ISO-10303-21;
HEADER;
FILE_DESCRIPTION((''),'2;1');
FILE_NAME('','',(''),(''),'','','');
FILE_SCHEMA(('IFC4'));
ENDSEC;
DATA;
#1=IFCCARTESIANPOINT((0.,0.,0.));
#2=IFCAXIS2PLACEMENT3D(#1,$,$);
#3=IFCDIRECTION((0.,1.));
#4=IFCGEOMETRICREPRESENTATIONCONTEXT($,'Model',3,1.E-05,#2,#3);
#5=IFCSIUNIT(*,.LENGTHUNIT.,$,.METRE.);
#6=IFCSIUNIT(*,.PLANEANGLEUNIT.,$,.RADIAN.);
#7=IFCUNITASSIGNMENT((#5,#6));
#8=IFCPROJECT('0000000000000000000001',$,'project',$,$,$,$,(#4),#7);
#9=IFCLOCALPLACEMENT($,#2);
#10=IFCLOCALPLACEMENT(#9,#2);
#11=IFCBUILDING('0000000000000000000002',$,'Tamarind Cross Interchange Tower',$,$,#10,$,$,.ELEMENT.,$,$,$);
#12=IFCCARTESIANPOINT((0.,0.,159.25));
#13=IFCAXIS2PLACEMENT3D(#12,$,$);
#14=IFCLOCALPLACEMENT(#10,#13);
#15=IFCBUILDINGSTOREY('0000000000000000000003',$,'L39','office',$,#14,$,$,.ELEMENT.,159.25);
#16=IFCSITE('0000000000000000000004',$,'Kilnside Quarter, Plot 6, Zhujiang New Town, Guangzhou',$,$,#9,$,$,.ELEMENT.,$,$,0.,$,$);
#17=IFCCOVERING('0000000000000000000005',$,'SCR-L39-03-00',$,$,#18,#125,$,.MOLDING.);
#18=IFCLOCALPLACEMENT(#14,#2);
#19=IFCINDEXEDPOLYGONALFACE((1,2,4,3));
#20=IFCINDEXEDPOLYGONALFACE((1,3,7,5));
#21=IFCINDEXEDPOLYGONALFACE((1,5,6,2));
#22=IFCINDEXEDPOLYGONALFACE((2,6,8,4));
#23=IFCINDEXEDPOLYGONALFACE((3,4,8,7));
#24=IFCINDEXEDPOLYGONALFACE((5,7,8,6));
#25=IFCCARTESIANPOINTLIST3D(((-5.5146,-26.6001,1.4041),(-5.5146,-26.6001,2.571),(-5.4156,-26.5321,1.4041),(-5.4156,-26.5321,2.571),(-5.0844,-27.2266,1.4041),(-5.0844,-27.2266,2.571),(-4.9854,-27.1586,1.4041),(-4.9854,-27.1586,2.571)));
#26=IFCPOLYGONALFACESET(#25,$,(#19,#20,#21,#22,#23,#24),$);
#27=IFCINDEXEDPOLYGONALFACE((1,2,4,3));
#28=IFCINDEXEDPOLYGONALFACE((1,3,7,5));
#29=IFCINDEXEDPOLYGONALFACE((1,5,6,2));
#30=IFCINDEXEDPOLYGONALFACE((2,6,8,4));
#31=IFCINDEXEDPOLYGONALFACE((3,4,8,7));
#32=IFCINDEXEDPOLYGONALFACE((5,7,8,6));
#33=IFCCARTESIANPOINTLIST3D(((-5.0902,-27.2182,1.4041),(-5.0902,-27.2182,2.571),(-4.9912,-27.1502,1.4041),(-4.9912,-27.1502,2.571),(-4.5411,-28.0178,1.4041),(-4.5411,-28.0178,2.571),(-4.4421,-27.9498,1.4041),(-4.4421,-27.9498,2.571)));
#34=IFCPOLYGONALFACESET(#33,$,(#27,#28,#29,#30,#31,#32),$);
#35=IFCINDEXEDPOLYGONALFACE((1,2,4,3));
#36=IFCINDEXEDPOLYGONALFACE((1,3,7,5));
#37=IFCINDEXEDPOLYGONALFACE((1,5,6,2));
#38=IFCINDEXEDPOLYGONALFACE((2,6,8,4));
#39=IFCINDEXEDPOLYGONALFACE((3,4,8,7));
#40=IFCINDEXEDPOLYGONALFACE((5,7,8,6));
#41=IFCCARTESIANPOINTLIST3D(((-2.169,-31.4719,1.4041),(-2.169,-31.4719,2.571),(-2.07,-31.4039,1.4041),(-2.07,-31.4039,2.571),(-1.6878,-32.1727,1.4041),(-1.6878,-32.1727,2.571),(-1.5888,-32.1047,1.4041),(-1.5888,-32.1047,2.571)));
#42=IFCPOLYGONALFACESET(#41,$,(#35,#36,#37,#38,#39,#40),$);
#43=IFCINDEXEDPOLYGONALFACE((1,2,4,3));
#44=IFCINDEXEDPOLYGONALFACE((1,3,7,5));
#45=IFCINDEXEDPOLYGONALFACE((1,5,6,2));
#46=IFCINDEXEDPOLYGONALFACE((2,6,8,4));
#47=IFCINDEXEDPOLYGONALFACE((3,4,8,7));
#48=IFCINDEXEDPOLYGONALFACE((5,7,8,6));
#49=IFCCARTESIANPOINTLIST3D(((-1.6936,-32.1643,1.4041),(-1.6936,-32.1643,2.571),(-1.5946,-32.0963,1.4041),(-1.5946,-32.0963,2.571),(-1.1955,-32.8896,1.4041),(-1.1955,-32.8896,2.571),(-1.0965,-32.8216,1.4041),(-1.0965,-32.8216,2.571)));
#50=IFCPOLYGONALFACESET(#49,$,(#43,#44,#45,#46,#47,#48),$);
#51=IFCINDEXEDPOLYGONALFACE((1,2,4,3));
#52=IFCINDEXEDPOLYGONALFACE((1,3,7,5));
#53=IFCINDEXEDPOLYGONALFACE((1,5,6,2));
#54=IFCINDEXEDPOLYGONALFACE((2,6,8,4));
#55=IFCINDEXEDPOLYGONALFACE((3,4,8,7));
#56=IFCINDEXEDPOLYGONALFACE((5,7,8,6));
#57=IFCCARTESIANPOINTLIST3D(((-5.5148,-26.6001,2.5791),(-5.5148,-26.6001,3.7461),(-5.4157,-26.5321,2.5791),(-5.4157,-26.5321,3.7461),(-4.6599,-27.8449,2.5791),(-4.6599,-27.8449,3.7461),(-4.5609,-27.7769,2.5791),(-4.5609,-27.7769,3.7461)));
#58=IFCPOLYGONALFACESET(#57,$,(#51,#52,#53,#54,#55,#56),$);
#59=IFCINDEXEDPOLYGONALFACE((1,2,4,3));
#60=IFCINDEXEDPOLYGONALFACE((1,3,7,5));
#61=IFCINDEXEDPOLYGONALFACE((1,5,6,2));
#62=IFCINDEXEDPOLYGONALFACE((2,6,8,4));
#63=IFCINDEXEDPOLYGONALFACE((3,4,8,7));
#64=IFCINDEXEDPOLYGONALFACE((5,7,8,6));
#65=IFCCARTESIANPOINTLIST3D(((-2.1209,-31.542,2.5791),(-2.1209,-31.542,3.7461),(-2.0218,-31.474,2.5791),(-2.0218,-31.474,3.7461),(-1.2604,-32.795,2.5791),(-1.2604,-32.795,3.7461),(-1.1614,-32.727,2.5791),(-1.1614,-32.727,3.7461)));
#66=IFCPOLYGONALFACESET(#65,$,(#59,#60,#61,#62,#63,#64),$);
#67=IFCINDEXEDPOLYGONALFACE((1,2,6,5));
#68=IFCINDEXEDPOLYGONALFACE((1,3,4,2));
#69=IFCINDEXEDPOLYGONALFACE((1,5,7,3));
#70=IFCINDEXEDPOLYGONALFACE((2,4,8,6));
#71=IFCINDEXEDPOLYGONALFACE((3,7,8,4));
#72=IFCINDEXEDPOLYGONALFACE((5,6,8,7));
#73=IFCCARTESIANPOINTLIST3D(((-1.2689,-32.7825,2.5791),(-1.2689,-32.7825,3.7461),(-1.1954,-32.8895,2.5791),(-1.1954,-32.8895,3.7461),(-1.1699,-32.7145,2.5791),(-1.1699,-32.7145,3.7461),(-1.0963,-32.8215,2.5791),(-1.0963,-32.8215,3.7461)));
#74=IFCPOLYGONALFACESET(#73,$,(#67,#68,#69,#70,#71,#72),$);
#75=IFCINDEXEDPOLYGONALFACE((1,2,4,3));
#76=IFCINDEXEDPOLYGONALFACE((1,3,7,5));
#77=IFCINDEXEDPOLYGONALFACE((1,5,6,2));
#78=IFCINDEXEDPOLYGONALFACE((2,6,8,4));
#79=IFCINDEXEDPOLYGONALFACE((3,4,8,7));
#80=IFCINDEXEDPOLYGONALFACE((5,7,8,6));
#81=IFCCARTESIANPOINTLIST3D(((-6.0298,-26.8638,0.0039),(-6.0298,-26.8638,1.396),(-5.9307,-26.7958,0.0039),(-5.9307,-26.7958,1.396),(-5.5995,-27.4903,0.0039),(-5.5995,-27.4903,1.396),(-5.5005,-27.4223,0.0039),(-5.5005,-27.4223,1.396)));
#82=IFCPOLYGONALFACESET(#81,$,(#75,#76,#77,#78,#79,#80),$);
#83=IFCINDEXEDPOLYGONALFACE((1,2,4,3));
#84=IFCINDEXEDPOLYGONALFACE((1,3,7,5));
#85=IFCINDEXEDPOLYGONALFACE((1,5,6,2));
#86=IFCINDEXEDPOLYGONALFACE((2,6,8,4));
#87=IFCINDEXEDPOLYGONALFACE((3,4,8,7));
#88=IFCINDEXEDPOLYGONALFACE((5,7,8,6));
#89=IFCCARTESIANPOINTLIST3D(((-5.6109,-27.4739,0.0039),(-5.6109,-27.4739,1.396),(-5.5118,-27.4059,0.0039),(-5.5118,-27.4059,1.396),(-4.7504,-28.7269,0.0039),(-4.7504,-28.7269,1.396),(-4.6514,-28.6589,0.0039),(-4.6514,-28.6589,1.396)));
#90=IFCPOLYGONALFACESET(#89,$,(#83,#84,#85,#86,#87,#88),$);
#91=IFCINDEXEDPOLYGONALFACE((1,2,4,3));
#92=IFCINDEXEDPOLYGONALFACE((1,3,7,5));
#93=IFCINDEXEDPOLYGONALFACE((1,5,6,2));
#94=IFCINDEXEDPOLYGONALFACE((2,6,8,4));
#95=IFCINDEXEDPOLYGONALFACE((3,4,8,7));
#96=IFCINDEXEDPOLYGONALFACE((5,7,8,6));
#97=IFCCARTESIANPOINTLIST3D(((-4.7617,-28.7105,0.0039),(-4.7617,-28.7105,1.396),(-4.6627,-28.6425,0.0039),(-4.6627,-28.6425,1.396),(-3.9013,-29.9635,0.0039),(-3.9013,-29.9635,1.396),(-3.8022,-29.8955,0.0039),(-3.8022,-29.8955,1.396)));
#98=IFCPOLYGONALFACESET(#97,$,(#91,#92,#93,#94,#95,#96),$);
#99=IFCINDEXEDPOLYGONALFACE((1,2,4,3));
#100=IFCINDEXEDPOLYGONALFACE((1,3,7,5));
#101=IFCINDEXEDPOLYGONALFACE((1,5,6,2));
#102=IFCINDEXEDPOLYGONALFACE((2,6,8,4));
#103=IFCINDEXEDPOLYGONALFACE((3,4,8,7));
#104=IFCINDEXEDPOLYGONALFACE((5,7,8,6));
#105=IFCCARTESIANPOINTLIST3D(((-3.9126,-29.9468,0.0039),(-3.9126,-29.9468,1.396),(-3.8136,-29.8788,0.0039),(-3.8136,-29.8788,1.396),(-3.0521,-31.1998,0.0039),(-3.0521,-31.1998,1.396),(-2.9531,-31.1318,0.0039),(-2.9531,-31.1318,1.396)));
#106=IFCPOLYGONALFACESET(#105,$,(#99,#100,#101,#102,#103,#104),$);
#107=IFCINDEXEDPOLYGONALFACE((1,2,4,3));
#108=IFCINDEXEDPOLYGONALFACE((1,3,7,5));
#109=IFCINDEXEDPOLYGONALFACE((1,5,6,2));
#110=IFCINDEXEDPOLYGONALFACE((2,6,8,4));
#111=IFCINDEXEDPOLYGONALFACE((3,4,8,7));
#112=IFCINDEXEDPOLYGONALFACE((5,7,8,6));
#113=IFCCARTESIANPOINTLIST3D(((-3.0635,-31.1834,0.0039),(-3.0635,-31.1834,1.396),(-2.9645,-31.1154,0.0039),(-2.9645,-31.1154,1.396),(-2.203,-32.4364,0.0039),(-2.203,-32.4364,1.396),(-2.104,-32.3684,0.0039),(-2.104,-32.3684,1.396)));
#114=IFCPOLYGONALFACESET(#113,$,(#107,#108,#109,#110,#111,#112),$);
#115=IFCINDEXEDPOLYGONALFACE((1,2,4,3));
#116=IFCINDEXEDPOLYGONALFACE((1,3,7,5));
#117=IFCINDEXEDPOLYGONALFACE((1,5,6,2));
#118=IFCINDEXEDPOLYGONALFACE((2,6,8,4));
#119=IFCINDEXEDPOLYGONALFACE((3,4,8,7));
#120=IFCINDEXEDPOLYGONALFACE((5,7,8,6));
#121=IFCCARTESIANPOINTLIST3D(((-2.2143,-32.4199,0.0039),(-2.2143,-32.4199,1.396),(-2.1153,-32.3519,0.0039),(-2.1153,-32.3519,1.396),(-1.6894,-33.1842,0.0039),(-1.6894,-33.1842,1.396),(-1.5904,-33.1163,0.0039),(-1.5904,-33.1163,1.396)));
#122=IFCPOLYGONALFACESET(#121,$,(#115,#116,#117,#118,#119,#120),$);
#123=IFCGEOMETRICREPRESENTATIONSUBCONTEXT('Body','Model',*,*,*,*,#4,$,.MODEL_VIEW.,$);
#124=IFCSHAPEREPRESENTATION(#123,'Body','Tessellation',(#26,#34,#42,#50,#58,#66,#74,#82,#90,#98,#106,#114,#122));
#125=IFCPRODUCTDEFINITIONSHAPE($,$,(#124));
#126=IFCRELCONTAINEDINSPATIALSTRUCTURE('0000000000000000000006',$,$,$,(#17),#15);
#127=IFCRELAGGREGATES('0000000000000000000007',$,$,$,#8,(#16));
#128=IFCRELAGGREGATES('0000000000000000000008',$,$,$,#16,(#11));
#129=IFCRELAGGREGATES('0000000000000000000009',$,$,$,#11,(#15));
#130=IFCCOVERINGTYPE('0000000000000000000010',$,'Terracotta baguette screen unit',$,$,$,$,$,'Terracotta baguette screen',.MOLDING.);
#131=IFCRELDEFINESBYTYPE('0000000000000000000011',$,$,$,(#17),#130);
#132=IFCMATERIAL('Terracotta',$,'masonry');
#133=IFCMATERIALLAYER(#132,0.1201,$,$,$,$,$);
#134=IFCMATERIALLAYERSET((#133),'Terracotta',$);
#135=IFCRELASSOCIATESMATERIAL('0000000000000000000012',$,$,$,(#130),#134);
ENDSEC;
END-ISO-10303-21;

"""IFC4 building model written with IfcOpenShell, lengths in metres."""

from ifc_helpers import new_model, si_unit, direction, frame, origin, origin_2d, place, context, subcontext, project, spatial, rectangle, extrude, material, layer, layer_set, type_object, element, save


model = new_model("IFC4")

# Units and contexts
model_context = context("Model", 3, precision=1e-05, world=origin(), true_north=direction((0.0, 1.0)))
body_context = subcontext(model_context, "Body", "Model", "MODEL_VIEW")
ifc_project = project(units=[si_unit("LENGTHUNIT", "METRE"), si_unit("PLANEANGLEUNIT", "RADIAN")], contexts=[model_context])

# Site, building, storey
site_placement = place(None, origin())
site = spatial("IfcSite", under=ifc_project, at=site_placement, Name="Kilnside Quarter, Plot 6, Zhujiang New Town, Guangzhou", CompositionType="ELEMENT", RefElevation=0.0)
building_placement = place(site_placement, origin())
building = spatial("IfcBuilding", under=site, at=building_placement, Name="Tamarind Cross Interchange Tower", CompositionType="ELEMENT")
storey_placement = place(building_placement, frame((0.0, 0.0, 159.25)))
storey = spatial("IfcBuildingStorey", under=building, at=storey_placement, Name="L39", Description="office", CompositionType="ELEMENT", Elevation=159.25)

# Covering
ifc_material_1 = material(Name="Terracotta", Category="masonry")
ifc_layer_1 = layer(ifc_material_1, 0.1201)
ifc_layer_set_1 = layer_set([ifc_layer_1], Name="Terracotta")
covering_type = type_object("IfcCoveringType", Name="Terracotta baguette screen unit", ElementType="Terracotta baguette screen", PredefinedType="MOLDING", material=ifc_layer_set_1)
covering_1_placement = place(storey_placement, origin())
element("IfcCovering", 1, at=covering_1_placement, inside=storey, type_object=covering_type, Name="SCR-L39-03-00", PredefinedType="MOLDING", context=body_context, shape_type="SweptSolid", body=[
    extrude(rectangle(XDim=0.76, YDim=0.1201, at=origin_2d()), frame((-5.25, -26.8794, 1.4041), z_axis=(0.0, 0.0, 1.0), x_axis=(0.566096, -0.82434, 0.0)), (0.0, 0.0, 1.0), 1.167),
    extrude(rectangle(XDim=0.97, YDim=0.1201, at=origin_2d()), frame((-4.7661, -27.584, 1.4041), z_axis=(0.0, 0.0, 1.0), x_axis=(0.566096, -0.82434, 0.0)), (0.0, 0.0, 1.0), 1.167),
    extrude(rectangle(XDim=0.8501, YDim=0.1201, at=origin_2d()), frame((-1.8789, -31.7883, 1.4041), z_axis=(0.0, 0.0, 1.0), x_axis=(0.566096, -0.82434, 0.0)), (0.0, 0.0, 1.0), 1.167),
    extrude(rectangle(XDim=0.8799, YDim=0.1201, at=origin_2d()), frame((-1.395, -32.4929, 1.4041), z_axis=(0.0, 0.0, 1.0), x_axis=(0.566096, -0.82434, 0.0)), (0.0, 0.0, 1.0), 1.167),
    extrude(rectangle(XDim=1.51, YDim=0.1201, at=origin_2d()), frame((-5.0378, -27.1885, 2.5791), z_axis=(0.0, 0.0, 1.0), x_axis=(0.566096, -0.82434, 0.0)), (0.0, 0.0, 1.0), 1.167),
    extrude(rectangle(XDim=1.52, YDim=0.1201, at=origin_2d()), frame((-1.6411, -32.1345, 2.5791), z_axis=(0.0, 0.0, 1.0), x_axis=(0.566096, -0.82434, 0.0)), (0.0, 0.0, 1.0), 1.167),
    extrude(rectangle(XDim=0.1299, YDim=0.1201, at=origin_2d()), frame((-1.1826, -32.802, 2.5791), z_axis=(0.0, 0.0, 1.0), x_axis=(0.566096, -0.82434, 0.0)), (0.0, 0.0, 1.0), 1.167),
    extrude(rectangle(XDim=0.76, YDim=0.1201, at=origin_2d()), frame((-5.7651, -27.1431, 0.0039), z_axis=(0.0, 0.0, 1.0), x_axis=(0.566096, -0.82434, 0.0)), (0.0, 0.0, 1.0), 1.3921),
    extrude(rectangle(XDim=1.52, YDim=0.1201, at=origin_2d()), frame((-5.1311, -28.0664, 0.0039), z_axis=(0.0, 0.0, 1.0), x_axis=(0.566096, -0.82434, 0.0)), (0.0, 0.0, 1.0), 1.3921),
    extrude(rectangle(XDim=1.52, YDim=0.1201, at=origin_2d()), frame((-4.282, -29.303, 0.0039), z_axis=(0.0, 0.0, 1.0), x_axis=(0.566096, -0.82434, 0.0)), (0.0, 0.0, 1.0), 1.3921),
    extrude(rectangle(XDim=1.52, YDim=0.1201, at=origin_2d()), frame((-3.4329, -30.5393, 0.0039), z_axis=(0.0, 0.0, 1.0), x_axis=(0.566096, -0.82434, 0.0)), (0.0, 0.0, 1.0), 1.3921),
    extrude(rectangle(XDim=1.52, YDim=0.1201, at=origin_2d()), frame((-2.5837, -31.7759, 0.0039), z_axis=(0.0, 0.0, 1.0), x_axis=(0.566096, -0.82434, 0.0)), (0.0, 0.0, 1.0), 1.3921),
    extrude(rectangle(XDim=0.9272, YDim=0.1201, at=origin_2d()), frame((-1.9023, -32.7681, 0.0039), z_axis=(0.0, 0.0, 1.0), x_axis=(0.566096, -0.82434, 0.0)), (0.0, 0.0, 1.0), 1.3921),
])

save(model, "model.ifc")
